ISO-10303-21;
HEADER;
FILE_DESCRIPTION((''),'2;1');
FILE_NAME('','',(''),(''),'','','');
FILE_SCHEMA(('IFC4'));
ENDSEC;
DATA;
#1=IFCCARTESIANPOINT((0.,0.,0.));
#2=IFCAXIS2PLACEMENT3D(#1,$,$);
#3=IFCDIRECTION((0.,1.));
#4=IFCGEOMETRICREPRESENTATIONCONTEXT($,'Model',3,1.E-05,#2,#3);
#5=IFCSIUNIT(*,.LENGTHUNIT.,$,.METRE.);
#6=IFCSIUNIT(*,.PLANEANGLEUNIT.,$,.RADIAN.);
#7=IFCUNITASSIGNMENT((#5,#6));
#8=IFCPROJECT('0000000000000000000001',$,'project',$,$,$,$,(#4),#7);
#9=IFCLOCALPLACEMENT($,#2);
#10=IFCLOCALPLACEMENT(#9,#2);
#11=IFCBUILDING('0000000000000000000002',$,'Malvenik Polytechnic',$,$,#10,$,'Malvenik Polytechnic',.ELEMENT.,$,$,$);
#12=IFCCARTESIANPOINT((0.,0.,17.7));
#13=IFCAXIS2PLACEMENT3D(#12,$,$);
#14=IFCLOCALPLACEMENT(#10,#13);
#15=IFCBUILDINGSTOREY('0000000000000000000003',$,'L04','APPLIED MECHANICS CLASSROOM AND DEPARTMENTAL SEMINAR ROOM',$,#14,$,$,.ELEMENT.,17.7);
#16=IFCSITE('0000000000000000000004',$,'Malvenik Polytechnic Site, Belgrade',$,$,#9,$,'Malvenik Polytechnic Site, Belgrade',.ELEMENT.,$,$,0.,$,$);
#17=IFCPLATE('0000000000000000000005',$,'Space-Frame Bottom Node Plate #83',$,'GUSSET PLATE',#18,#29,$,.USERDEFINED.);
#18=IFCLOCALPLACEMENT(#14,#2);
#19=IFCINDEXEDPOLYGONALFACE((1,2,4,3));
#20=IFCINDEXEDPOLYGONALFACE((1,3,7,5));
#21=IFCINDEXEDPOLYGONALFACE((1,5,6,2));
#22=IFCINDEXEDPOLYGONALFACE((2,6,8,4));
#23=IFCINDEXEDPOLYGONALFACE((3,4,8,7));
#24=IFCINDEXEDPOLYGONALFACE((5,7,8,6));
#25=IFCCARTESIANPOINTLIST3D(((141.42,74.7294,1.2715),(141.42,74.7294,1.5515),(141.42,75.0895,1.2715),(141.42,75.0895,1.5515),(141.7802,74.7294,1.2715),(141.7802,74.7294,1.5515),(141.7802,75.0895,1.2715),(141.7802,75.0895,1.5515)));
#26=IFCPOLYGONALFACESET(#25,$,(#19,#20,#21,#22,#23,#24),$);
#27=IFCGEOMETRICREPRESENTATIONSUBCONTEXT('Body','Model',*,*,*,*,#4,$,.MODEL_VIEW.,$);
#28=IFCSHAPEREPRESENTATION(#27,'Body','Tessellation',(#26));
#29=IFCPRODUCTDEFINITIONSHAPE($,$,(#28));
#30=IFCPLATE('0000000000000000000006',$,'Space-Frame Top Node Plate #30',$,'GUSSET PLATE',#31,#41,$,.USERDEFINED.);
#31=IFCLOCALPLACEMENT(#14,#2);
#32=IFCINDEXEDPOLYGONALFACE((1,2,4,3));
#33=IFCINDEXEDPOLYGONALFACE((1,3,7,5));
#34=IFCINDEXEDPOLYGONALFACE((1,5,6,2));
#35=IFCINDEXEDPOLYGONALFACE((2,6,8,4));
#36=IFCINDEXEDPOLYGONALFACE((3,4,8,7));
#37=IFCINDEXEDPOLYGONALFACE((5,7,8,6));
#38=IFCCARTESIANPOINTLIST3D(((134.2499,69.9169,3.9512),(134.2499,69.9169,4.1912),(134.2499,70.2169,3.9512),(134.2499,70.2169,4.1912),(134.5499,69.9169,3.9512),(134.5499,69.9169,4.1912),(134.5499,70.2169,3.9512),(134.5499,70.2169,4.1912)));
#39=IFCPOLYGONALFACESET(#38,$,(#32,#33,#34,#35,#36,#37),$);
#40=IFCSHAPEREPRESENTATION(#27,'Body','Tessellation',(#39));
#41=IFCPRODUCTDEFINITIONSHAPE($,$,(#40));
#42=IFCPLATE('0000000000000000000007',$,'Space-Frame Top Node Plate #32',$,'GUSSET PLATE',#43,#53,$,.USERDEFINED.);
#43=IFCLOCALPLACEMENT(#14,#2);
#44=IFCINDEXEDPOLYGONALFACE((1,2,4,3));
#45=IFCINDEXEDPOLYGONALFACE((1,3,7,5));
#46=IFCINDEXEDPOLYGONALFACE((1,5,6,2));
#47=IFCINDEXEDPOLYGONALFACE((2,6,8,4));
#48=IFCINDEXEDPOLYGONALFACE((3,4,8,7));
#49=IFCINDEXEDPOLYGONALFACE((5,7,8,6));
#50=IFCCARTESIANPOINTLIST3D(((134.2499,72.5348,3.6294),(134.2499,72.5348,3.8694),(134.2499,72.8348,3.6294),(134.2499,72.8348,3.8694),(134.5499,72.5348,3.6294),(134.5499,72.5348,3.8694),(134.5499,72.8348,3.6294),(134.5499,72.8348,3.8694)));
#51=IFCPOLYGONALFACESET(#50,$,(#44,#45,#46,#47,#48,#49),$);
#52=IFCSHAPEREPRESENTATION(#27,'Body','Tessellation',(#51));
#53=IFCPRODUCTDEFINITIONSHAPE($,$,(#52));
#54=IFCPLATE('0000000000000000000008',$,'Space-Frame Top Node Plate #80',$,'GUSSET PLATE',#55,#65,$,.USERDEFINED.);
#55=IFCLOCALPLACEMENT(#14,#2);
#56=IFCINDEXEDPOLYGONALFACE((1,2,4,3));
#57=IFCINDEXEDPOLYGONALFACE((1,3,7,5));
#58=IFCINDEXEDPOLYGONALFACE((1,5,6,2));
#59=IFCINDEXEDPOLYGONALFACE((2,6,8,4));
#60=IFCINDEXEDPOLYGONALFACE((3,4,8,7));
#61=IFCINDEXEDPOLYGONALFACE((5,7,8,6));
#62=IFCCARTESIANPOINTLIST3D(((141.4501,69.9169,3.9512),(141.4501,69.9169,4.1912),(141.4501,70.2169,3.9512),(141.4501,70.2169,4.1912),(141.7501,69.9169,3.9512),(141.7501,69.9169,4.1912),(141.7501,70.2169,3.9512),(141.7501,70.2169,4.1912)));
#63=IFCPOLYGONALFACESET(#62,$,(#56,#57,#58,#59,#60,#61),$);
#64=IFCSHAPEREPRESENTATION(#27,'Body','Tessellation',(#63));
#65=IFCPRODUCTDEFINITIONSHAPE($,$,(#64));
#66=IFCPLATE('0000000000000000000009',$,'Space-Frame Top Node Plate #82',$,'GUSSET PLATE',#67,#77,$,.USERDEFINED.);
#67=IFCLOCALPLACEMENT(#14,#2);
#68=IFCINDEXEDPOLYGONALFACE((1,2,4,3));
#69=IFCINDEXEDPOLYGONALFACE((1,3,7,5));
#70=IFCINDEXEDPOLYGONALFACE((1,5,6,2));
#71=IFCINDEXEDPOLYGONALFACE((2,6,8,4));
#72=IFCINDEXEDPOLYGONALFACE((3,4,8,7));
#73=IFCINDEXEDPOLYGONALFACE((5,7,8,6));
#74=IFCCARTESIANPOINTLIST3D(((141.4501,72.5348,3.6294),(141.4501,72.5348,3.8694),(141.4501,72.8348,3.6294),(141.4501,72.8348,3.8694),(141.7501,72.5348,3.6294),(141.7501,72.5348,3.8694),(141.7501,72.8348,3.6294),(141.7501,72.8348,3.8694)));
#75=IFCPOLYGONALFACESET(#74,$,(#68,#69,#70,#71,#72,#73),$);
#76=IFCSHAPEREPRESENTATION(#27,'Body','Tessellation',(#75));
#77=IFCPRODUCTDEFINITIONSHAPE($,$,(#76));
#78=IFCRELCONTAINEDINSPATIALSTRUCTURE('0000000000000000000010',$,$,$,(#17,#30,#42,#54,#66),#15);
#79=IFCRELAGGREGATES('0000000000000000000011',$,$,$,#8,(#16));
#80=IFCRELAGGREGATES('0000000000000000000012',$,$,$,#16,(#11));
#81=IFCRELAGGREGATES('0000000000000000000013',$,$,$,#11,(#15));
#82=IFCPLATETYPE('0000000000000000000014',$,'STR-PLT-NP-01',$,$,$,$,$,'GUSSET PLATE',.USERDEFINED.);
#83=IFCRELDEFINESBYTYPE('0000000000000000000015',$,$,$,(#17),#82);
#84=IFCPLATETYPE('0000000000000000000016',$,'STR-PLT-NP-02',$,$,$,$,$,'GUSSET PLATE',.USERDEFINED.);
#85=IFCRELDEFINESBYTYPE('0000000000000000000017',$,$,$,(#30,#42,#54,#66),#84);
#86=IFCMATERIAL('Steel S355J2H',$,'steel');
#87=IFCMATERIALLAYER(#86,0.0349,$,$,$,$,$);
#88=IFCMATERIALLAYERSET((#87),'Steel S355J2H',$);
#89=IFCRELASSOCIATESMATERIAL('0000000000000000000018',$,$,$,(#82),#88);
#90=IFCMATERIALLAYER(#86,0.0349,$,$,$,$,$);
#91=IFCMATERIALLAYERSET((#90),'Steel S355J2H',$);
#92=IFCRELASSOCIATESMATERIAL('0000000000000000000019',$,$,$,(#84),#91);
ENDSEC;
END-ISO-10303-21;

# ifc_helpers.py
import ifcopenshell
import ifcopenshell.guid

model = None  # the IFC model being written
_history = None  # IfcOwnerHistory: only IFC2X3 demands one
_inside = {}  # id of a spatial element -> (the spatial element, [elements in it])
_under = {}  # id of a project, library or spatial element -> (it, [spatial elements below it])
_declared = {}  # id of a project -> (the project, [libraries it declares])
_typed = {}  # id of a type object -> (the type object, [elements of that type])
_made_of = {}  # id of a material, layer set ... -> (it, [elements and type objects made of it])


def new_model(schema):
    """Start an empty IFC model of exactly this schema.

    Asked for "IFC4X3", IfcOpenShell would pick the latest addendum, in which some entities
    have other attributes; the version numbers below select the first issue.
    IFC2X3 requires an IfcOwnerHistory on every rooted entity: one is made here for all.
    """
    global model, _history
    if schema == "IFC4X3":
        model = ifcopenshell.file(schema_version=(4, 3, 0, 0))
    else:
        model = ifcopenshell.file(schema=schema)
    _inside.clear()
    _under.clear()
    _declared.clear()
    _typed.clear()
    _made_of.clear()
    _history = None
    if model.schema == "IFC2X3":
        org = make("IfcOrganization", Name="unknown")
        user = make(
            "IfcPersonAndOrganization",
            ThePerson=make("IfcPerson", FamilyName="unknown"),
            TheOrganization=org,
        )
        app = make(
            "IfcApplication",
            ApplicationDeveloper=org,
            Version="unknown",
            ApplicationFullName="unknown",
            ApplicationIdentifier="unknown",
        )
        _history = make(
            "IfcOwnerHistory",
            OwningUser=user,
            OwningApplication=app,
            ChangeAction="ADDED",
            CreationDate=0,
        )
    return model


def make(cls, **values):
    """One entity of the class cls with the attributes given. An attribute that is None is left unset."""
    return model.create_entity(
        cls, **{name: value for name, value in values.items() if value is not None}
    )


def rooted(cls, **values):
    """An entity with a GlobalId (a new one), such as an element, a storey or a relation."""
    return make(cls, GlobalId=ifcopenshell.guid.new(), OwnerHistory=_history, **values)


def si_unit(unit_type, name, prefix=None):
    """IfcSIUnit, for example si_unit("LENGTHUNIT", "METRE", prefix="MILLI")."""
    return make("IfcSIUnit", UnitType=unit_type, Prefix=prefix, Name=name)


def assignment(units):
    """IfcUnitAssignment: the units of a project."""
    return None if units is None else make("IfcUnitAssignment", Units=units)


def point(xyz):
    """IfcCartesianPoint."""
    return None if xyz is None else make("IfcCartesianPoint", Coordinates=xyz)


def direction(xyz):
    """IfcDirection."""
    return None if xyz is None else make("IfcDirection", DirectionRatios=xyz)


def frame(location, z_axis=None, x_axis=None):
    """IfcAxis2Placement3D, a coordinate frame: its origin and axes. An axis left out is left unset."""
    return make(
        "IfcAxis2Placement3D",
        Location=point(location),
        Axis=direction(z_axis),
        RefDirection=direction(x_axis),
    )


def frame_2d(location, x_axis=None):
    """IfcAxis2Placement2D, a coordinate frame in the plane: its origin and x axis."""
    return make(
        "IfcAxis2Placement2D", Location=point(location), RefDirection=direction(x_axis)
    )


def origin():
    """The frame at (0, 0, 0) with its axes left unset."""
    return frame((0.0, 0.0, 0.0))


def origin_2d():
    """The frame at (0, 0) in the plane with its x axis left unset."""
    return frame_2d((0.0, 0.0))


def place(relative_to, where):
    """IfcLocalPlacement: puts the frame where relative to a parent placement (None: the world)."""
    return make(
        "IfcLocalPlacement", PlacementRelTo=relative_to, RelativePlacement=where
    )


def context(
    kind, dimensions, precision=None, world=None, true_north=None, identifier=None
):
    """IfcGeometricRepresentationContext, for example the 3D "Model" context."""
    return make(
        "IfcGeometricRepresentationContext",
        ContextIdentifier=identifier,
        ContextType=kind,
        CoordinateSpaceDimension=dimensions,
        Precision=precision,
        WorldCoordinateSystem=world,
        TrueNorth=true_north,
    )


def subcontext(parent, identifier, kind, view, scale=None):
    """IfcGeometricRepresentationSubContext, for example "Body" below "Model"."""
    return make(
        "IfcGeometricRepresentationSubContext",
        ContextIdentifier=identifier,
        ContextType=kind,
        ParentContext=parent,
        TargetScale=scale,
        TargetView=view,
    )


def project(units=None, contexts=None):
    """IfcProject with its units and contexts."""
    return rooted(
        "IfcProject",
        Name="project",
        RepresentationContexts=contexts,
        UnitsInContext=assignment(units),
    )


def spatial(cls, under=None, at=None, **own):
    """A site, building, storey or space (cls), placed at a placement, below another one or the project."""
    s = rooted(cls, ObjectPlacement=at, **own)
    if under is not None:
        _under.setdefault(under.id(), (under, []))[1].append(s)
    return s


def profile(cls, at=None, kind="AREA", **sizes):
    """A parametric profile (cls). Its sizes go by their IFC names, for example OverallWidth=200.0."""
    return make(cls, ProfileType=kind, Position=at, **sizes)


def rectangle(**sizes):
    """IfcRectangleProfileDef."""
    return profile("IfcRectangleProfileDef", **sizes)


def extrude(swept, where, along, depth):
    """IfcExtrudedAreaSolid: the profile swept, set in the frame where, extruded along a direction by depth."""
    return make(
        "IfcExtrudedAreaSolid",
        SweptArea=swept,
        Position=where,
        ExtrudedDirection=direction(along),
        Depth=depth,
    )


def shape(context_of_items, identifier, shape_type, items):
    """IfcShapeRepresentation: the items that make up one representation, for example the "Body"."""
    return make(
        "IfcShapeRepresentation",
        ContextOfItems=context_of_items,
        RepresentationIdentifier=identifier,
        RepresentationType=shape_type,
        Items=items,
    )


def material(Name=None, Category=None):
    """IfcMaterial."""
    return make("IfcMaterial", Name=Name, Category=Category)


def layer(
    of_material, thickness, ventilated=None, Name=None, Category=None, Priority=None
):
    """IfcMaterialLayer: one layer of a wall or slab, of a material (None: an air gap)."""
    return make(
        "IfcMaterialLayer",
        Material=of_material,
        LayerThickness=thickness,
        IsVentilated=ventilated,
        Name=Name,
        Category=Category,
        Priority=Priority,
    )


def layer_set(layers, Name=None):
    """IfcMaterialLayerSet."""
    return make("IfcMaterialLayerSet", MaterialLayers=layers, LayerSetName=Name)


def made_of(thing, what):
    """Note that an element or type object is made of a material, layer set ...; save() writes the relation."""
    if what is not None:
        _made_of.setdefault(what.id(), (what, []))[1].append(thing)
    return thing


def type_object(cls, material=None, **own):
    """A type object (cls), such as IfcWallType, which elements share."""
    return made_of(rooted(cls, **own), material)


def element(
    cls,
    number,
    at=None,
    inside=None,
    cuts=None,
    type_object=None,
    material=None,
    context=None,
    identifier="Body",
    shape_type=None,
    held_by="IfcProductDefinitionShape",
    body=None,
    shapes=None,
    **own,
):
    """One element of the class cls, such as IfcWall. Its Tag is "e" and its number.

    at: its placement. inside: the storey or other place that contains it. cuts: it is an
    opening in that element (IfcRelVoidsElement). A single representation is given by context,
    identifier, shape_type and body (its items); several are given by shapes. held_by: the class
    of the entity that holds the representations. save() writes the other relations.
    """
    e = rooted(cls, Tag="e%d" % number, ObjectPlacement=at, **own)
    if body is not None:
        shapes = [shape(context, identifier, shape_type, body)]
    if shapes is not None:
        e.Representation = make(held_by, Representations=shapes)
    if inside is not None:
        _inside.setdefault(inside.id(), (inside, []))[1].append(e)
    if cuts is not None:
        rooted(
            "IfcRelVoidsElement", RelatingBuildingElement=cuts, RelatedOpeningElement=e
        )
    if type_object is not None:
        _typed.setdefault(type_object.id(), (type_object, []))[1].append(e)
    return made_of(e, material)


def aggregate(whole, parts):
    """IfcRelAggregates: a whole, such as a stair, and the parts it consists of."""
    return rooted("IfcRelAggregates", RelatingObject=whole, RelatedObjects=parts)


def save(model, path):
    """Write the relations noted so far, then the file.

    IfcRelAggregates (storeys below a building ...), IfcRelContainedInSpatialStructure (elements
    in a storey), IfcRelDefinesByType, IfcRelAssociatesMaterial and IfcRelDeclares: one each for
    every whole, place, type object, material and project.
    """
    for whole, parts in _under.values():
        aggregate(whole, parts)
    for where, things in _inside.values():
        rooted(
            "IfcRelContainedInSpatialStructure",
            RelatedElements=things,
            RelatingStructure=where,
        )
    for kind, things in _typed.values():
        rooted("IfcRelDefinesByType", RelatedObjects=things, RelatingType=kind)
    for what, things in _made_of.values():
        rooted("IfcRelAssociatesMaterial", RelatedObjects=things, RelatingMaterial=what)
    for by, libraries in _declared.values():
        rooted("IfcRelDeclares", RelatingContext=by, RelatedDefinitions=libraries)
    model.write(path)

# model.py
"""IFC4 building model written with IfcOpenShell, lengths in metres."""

from ifc_helpers import new_model, si_unit, direction, frame, origin, origin_2d, place, context, subcontext, project, spatial, rectangle, extrude, material, layer, layer_set, type_object, element, save


model = new_model("IFC4")

# Units and contexts
model_context = context("Model", 3, precision=1e-05, world=origin(), true_north=direction((0.0, 1.0)))
body_context = subcontext(model_context, "Body", "Model", "MODEL_VIEW")
ifc_project = project(units=[si_unit("LENGTHUNIT", "METRE"), si_unit("PLANEANGLEUNIT", "RADIAN")], contexts=[model_context])

# Site, building, storey
site_placement = place(None, origin())
site = spatial("IfcSite", under=ifc_project, at=site_placement, Name="Malvenik Polytechnic Site, Belgrade", LongName="Malvenik Polytechnic Site, Belgrade", CompositionType="ELEMENT", RefElevation=0.0)
building_placement = place(site_placement, origin())
building = spatial("IfcBuilding", under=site, at=building_placement, Name="Malvenik Polytechnic", LongName="Malvenik Polytechnic", CompositionType="ELEMENT")
storey_placement = place(building_placement, frame((0.0, 0.0, 17.7)))
storey = spatial("IfcBuildingStorey", under=building, at=storey_placement, Name="L04", Description="APPLIED MECHANICS CLASSROOM AND DEPARTMENTAL SEMINAR ROOM", CompositionType="ELEMENT", Elevation=17.7)

# Shared definitions
ifc_material_1 = material(Name="Steel S355J2H", Category="steel")

# Plates
ifc_layer_1 = layer(ifc_material_1, 0.0349)
ifc_layer_set_1 = layer_set([ifc_layer_1], Name="Steel S355J2H")
plate_type_1 = type_object("IfcPlateType", Name="STR-PLT-NP-01", ElementType="GUSSET PLATE", PredefinedType="USERDEFINED", material=ifc_layer_set_1)
for number, where, z_axis, x_axis, name in (
    (1, (141.6001, 74.9094, 1.2715), (0.0, 0.0, 1.0), (1.0, 0.0, 0.0), "Space-Frame Bottom Node Plate #83"),
):
    element("IfcPlate", number, at=place(storey_placement, frame(where, z_axis=z_axis, x_axis=x_axis)), inside=storey, type_object=plate_type_1, Name=name, ObjectType="GUSSET PLATE", PredefinedType="USERDEFINED", context=body_context, shape_type="SweptSolid", body=[
        extrude(rectangle(XDim=0.3601, YDim=0.3601, at=origin_2d()), origin(), (0.0, 0.0, 1.0), 0.28),
    ])
ifc_layer_2 = layer(ifc_material_1, 0.0349)
ifc_layer_set_2 = layer_set([ifc_layer_2], Name="Steel S355J2H")
plate_type_2 = type_object("IfcPlateType", Name="STR-PLT-NP-02", ElementType="GUSSET PLATE", PredefinedType="USERDEFINED", material=ifc_layer_set_2)
for number, where, z_axis, x_axis, name in (
    (2, (134.3999, 70.0669, 3.9512), (0.0, 0.0, 1.0), (1.0, 0.0, 0.0), "Space-Frame Top Node Plate #30"),
    (3, (134.3999, 72.6848, 3.6294), (0.0, 0.0, 1.0), (1.0, 0.0, 0.0), "Space-Frame Top Node Plate #32"),
    (4, (141.6001, 70.0669, 3.9512), (0.0, 0.0, 1.0), (1.0, 0.0, 0.0), "Space-Frame Top Node Plate #80"),
    (5, (141.6001, 72.6848, 3.6294), (0.0, 0.0, 1.0), (1.0, 0.0, 0.0), "Space-Frame Top Node Plate #82"),
):
    element("IfcPlate", number, at=place(storey_placement, frame(where, z_axis=z_axis, x_axis=x_axis)), inside=storey, type_object=plate_type_2, Name=name, ObjectType="GUSSET PLATE", PredefinedType="USERDEFINED", context=body_context, shape_type="SweptSolid", body=[
        extrude(rectangle(XDim=0.3, YDim=0.3, at=origin_2d()), origin(), (0.0, 0.0, 1.0), 0.24),
    ])

save(model, "model.ifc")
